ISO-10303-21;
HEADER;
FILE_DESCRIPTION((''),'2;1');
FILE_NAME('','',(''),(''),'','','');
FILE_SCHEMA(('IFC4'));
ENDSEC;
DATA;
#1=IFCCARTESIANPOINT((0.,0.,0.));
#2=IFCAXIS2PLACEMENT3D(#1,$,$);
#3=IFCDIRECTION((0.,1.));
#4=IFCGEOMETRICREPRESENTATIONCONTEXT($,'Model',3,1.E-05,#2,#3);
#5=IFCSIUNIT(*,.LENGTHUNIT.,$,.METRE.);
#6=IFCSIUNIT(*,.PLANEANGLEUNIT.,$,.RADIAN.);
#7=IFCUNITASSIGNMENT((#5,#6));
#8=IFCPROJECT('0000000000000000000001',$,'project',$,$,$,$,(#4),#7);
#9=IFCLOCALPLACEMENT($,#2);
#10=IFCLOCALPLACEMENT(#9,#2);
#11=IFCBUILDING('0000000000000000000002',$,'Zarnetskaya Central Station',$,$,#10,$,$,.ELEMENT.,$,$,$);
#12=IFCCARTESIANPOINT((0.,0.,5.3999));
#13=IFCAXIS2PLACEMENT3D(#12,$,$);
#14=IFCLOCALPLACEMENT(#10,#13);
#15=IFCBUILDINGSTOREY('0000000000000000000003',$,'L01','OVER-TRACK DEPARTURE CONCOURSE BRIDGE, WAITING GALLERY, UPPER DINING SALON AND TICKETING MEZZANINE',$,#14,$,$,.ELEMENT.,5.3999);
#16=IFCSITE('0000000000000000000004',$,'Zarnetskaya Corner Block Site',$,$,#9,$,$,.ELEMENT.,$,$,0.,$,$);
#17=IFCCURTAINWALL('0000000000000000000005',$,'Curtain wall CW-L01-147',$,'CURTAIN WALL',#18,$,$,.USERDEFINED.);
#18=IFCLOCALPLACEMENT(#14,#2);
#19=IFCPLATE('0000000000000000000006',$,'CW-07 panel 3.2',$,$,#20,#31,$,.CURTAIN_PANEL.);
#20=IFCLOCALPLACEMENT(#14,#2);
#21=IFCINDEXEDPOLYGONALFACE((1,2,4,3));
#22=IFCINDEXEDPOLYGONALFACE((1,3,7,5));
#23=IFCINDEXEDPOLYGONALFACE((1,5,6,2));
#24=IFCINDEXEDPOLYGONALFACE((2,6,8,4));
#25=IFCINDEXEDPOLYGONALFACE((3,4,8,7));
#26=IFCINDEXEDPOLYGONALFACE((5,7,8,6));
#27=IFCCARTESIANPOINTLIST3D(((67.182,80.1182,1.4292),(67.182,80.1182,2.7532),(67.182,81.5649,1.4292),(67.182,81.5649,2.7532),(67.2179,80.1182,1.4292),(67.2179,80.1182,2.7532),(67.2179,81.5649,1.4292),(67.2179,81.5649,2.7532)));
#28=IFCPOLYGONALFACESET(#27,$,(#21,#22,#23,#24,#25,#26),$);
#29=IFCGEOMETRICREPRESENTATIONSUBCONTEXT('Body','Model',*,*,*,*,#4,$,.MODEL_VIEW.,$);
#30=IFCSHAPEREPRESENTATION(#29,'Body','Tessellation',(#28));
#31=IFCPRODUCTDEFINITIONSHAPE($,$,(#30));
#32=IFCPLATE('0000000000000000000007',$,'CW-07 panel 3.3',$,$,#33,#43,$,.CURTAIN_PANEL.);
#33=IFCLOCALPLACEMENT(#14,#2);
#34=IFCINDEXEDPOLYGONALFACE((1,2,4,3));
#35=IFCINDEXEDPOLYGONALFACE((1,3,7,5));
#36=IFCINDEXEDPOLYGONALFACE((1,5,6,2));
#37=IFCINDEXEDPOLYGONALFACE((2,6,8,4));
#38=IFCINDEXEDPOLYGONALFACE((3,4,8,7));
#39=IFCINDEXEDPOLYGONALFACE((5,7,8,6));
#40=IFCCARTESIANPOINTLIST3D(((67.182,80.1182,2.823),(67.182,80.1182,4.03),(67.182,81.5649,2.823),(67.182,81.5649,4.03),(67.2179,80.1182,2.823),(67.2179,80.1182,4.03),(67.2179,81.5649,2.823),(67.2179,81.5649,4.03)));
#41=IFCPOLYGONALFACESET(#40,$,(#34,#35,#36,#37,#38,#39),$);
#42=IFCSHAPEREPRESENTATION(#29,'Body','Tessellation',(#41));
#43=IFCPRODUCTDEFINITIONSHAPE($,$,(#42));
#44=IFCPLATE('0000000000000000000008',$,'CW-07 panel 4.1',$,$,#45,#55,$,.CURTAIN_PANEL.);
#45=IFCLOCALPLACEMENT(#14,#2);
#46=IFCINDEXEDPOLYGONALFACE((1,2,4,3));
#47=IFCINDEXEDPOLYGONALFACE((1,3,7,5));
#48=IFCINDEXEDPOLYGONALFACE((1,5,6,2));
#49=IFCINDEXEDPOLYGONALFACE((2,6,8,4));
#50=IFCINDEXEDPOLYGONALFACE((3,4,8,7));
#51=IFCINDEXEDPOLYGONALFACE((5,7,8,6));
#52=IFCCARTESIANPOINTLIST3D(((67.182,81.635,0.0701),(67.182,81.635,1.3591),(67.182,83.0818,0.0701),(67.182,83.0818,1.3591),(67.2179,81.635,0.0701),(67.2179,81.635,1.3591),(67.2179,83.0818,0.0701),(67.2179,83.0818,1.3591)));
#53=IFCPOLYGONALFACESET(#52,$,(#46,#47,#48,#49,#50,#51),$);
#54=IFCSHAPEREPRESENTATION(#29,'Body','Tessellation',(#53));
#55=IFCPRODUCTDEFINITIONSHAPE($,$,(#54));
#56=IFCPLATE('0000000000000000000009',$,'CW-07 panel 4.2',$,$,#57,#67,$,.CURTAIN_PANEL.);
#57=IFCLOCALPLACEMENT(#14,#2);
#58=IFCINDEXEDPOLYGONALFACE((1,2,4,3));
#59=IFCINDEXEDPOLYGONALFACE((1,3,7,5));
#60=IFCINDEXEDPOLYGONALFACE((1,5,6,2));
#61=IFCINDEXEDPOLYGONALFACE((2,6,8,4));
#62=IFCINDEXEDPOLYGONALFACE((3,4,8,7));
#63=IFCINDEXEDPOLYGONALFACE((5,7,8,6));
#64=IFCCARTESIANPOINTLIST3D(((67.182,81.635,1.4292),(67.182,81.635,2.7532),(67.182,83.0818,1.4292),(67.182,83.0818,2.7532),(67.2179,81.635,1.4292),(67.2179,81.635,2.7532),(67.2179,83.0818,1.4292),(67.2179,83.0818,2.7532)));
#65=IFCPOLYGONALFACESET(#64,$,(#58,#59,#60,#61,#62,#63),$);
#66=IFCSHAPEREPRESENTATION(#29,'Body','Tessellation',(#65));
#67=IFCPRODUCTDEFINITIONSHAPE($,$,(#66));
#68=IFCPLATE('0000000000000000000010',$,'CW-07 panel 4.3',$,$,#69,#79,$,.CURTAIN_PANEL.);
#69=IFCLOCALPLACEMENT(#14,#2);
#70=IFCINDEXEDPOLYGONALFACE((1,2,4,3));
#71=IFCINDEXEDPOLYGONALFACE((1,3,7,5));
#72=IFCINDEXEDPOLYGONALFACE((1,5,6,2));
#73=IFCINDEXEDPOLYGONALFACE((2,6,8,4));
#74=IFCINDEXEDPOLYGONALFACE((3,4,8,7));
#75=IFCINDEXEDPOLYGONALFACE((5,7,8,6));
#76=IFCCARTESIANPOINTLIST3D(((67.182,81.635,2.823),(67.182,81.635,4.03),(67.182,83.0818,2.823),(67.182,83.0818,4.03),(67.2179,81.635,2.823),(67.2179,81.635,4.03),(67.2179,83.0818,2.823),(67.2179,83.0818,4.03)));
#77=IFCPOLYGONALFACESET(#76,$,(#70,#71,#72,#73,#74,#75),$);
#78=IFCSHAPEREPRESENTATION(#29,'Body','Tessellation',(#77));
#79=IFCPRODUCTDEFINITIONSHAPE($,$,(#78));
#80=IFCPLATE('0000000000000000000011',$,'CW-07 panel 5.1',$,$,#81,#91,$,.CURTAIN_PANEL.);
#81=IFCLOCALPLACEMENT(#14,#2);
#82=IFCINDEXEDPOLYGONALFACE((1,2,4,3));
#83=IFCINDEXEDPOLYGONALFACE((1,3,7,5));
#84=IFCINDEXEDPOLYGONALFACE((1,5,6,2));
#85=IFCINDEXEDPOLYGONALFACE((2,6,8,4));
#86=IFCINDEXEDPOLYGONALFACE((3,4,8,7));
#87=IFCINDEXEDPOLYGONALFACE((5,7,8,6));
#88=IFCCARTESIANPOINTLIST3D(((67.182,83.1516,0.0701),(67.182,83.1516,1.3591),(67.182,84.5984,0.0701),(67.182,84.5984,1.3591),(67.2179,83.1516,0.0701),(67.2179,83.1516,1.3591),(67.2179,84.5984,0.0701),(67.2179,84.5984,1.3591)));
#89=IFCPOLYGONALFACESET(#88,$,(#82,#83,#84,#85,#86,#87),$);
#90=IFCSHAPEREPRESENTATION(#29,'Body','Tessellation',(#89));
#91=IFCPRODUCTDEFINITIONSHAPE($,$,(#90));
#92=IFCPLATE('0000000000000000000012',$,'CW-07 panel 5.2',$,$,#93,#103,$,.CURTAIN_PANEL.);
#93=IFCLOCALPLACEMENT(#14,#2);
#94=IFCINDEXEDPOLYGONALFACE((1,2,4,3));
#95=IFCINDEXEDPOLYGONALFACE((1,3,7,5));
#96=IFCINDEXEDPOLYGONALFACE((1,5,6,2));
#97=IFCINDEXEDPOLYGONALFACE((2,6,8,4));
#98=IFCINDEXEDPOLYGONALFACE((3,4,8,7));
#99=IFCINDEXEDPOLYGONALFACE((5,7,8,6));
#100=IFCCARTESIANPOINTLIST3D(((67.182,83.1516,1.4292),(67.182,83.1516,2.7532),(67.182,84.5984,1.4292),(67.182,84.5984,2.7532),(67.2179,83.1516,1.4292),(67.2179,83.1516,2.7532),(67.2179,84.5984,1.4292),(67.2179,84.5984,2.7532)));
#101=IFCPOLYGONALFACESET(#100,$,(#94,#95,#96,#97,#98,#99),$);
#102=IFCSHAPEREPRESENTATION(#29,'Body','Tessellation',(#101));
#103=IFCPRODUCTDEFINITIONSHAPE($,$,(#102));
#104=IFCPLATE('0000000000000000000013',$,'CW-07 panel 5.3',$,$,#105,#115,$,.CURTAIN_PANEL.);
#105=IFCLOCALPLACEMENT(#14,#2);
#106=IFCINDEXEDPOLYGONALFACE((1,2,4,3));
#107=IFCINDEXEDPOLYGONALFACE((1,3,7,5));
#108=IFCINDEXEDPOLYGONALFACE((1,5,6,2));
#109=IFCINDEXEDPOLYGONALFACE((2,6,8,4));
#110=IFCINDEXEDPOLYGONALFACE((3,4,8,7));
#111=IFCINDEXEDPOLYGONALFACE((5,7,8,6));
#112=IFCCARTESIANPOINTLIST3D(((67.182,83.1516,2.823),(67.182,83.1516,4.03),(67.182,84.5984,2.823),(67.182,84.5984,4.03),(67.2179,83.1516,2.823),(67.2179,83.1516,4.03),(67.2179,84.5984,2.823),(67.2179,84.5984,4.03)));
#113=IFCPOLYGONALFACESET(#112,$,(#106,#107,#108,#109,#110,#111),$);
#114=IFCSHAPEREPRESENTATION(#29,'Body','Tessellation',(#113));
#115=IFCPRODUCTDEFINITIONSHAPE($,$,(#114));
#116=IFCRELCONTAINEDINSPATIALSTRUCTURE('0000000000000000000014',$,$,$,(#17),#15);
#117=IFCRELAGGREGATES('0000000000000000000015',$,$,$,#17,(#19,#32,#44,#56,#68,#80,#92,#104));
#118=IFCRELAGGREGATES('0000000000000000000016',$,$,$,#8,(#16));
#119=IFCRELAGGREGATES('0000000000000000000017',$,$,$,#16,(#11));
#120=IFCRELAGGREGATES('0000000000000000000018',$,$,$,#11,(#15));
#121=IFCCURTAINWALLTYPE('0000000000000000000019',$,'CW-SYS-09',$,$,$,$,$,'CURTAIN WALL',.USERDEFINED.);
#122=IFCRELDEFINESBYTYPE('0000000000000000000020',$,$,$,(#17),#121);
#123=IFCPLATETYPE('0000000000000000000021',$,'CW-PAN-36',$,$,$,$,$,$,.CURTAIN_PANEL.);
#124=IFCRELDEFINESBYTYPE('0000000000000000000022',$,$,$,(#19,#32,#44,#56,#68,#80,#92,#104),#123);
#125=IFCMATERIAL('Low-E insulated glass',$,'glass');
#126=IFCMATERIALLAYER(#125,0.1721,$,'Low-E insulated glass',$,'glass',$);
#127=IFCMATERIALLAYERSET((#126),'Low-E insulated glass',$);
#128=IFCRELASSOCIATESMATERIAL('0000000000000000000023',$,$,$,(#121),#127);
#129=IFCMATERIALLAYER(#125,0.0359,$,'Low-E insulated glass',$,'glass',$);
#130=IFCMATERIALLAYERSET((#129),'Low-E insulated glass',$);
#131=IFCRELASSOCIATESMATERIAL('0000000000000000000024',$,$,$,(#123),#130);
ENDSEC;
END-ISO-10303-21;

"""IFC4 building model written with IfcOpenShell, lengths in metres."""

from ifc_helpers import new_model, si_unit, direction, frame, origin, origin_2d, place, context, subcontext, project, spatial, rectangle, extrude, material, layer, layer_set, type_object, element, aggregate, save


model = new_model("IFC4")

# Units and contexts
model_context = context("Model", 3, precision=1e-05, world=origin(), true_north=direction((0.0, 1.0)))
body_context = subcontext(model_context, "Body", "Model", "MODEL_VIEW")
ifc_project = project(units=[si_unit("LENGTHUNIT", "METRE"), si_unit("PLANEANGLEUNIT", "RADIAN")], contexts=[model_context])

# Site, building, storey
site_placement = place(None, origin())
site = spatial("IfcSite", under=ifc_project, at=site_placement, Name="Zarnetskaya Corner Block Site", CompositionType="ELEMENT", RefElevation=0.0)
building_placement = place(site_placement, origin())
building = spatial("IfcBuilding", under=site, at=building_placement, Name="Zarnetskaya Central Station", CompositionType="ELEMENT")
storey_placement = place(building_placement, frame((0.0, 0.0, 5.3999)))
storey = spatial("IfcBuildingStorey", under=building, at=storey_placement, Name="L01", Description="OVER-TRACK DEPARTURE CONCOURSE BRIDGE, WAITING GALLERY, UPPER DINING SALON AND TICKETING MEZZANINE", CompositionType="ELEMENT", Elevation=5.3999)

# Curtain wall, plates
ifc_material_1 = material(Name="Low-E insulated glass", Category="glass")
ifc_layer_1 = layer(ifc_material_1, 0.1721, Name="Low-E insulated glass", Category="glass")
ifc_layer_set_1 = layer_set([ifc_layer_1], Name="Low-E insulated glass")
curtain_wall_type = type_object("IfcCurtainWallType", Name="CW-SYS-09", ElementType="CURTAIN WALL", PredefinedType="USERDEFINED", material=ifc_layer_set_1)
curtain_wall_placement = place(storey_placement, origin())
curtain_wall = element("IfcCurtainWall", 1, at=curtain_wall_placement, inside=storey, type_object=curtain_wall_type, Name="Curtain wall CW-L01-147", ObjectType="CURTAIN WALL", PredefinedType="USERDEFINED")
ifc_layer_2 = layer(ifc_material_1, 0.0359, Name="Low-E insulated glass", Category="glass")
ifc_layer_set_2 = layer_set([ifc_layer_2], Name="Low-E insulated glass")
plate_type = type_object("IfcPlateType", Name="CW-PAN-36", PredefinedType="CURTAIN_PANEL", material=ifc_layer_set_2)
plate_1_placement = place(storey_placement, frame((67.2, 80.8416, 1.4292), z_axis=(0.0, 0.0, 1.0), x_axis=(0.0, 1.0, 0.0)))
plate_1 = element("IfcPlate", 2, at=plate_1_placement, type_object=plate_type, Name="CW-07 panel 3.2", PredefinedType="CURTAIN_PANEL", context=body_context, shape_type="SweptSolid", body=[
    extrude(rectangle(XDim=1.4468, YDim=0.0359, at=origin_2d()), origin(), (0.0, 0.0, 1.0), 1.324),
])
plate_2_placement = place(storey_placement, frame((67.2, 80.8416, 2.823), z_axis=(0.0, 0.0, 1.0), x_axis=(0.0, 1.0, 0.0)))
plate_2 = element("IfcPlate", 3, at=plate_2_placement, type_object=plate_type, Name="CW-07 panel 3.3", PredefinedType="CURTAIN_PANEL", context=body_context, shape_type="SweptSolid", body=[
    extrude(rectangle(XDim=1.4468, YDim=0.0359, at=origin_2d()), origin(), (0.0, 0.0, 1.0), 1.207),
])
plate_3_placement = place(storey_placement, frame((67.2, 82.3584, 0.0701), z_axis=(0.0, 0.0, 1.0), x_axis=(0.0, 1.0, 0.0)))
plate_3 = element("IfcPlate", 4, at=plate_3_placement, type_object=plate_type, Name="CW-07 panel 4.1", PredefinedType="CURTAIN_PANEL", context=body_context, shape_type="SweptSolid", body=[
    extrude(rectangle(XDim=1.4468, YDim=0.0359, at=origin_2d()), origin(), (0.0, 0.0, 1.0), 1.2891),
])
plate_4_placement = place(storey_placement, frame((67.2, 82.3584, 1.4292), z_axis=(0.0, 0.0, 1.0), x_axis=(0.0, 1.0, 0.0)))
plate_4 = element("IfcPlate", 5, at=plate_4_placement, type_object=plate_type, Name="CW-07 panel 4.2", PredefinedType="CURTAIN_PANEL", context=body_context, shape_type="SweptSolid", body=[
    extrude(rectangle(XDim=1.4468, YDim=0.0359, at=origin_2d()), origin(), (0.0, 0.0, 1.0), 1.324),
])
plate_5_placement = place(storey_placement, frame((67.2, 82.3584, 2.823), z_axis=(0.0, 0.0, 1.0), x_axis=(0.0, 1.0, 0.0)))
plate_5 = element("IfcPlate", 6, at=plate_5_placement, type_object=plate_type, Name="CW-07 panel 4.3", PredefinedType="CURTAIN_PANEL", context=body_context, shape_type="SweptSolid", body=[
    extrude(rectangle(XDim=1.4468, YDim=0.0359, at=origin_2d()), origin(), (0.0, 0.0, 1.0), 1.207),
])
plate_6_placement = place(storey_placement, frame((67.2, 83.875, 0.0701), z_axis=(0.0, 0.0, 1.0), x_axis=(0.0, 1.0, 0.0)))
plate_6 = element("IfcPlate", 7, at=plate_6_placement, type_object=plate_type, Name="CW-07 panel 5.1", PredefinedType="CURTAIN_PANEL", context=body_context, shape_type="SweptSolid", body=[
    extrude(rectangle(XDim=1.4468, YDim=0.0359, at=origin_2d()), origin(), (0.0, 0.0, 1.0), 1.2891),
])
plate_7_placement = place(storey_placement, frame((67.2, 83.875, 1.4292), z_axis=(0.0, 0.0, 1.0), x_axis=(0.0, 1.0, 0.0)))
plate_7 = element("IfcPlate", 8, at=plate_7_placement, type_object=plate_type, Name="CW-07 panel 5.2", PredefinedType="CURTAIN_PANEL", context=body_context, shape_type="SweptSolid", body=[
    extrude(rectangle(XDim=1.4468, YDim=0.0359, at=origin_2d()), origin(), (0.0, 0.0, 1.0), 1.324),
])
plate_8_placement = place(storey_placement, frame((67.2, 83.875, 2.823), z_axis=(0.0, 0.0, 1.0), x_axis=(0.0, 1.0, 0.0)))
plate_8 = element("IfcPlate", 9, at=plate_8_placement, type_object=plate_type, Name="CW-07 panel 5.3", PredefinedType="CURTAIN_PANEL", context=body_context, shape_type="SweptSolid", body=[
    extrude(rectangle(XDim=1.4468, YDim=0.0359, at=origin_2d()), origin(), (0.0, 0.0, 1.0), 1.207),
])
aggregate(curtain_wall, [plate_1, plate_2, plate_3, plate_4, plate_5, plate_6, plate_7, plate_8])

save(model, "model.ifc")
